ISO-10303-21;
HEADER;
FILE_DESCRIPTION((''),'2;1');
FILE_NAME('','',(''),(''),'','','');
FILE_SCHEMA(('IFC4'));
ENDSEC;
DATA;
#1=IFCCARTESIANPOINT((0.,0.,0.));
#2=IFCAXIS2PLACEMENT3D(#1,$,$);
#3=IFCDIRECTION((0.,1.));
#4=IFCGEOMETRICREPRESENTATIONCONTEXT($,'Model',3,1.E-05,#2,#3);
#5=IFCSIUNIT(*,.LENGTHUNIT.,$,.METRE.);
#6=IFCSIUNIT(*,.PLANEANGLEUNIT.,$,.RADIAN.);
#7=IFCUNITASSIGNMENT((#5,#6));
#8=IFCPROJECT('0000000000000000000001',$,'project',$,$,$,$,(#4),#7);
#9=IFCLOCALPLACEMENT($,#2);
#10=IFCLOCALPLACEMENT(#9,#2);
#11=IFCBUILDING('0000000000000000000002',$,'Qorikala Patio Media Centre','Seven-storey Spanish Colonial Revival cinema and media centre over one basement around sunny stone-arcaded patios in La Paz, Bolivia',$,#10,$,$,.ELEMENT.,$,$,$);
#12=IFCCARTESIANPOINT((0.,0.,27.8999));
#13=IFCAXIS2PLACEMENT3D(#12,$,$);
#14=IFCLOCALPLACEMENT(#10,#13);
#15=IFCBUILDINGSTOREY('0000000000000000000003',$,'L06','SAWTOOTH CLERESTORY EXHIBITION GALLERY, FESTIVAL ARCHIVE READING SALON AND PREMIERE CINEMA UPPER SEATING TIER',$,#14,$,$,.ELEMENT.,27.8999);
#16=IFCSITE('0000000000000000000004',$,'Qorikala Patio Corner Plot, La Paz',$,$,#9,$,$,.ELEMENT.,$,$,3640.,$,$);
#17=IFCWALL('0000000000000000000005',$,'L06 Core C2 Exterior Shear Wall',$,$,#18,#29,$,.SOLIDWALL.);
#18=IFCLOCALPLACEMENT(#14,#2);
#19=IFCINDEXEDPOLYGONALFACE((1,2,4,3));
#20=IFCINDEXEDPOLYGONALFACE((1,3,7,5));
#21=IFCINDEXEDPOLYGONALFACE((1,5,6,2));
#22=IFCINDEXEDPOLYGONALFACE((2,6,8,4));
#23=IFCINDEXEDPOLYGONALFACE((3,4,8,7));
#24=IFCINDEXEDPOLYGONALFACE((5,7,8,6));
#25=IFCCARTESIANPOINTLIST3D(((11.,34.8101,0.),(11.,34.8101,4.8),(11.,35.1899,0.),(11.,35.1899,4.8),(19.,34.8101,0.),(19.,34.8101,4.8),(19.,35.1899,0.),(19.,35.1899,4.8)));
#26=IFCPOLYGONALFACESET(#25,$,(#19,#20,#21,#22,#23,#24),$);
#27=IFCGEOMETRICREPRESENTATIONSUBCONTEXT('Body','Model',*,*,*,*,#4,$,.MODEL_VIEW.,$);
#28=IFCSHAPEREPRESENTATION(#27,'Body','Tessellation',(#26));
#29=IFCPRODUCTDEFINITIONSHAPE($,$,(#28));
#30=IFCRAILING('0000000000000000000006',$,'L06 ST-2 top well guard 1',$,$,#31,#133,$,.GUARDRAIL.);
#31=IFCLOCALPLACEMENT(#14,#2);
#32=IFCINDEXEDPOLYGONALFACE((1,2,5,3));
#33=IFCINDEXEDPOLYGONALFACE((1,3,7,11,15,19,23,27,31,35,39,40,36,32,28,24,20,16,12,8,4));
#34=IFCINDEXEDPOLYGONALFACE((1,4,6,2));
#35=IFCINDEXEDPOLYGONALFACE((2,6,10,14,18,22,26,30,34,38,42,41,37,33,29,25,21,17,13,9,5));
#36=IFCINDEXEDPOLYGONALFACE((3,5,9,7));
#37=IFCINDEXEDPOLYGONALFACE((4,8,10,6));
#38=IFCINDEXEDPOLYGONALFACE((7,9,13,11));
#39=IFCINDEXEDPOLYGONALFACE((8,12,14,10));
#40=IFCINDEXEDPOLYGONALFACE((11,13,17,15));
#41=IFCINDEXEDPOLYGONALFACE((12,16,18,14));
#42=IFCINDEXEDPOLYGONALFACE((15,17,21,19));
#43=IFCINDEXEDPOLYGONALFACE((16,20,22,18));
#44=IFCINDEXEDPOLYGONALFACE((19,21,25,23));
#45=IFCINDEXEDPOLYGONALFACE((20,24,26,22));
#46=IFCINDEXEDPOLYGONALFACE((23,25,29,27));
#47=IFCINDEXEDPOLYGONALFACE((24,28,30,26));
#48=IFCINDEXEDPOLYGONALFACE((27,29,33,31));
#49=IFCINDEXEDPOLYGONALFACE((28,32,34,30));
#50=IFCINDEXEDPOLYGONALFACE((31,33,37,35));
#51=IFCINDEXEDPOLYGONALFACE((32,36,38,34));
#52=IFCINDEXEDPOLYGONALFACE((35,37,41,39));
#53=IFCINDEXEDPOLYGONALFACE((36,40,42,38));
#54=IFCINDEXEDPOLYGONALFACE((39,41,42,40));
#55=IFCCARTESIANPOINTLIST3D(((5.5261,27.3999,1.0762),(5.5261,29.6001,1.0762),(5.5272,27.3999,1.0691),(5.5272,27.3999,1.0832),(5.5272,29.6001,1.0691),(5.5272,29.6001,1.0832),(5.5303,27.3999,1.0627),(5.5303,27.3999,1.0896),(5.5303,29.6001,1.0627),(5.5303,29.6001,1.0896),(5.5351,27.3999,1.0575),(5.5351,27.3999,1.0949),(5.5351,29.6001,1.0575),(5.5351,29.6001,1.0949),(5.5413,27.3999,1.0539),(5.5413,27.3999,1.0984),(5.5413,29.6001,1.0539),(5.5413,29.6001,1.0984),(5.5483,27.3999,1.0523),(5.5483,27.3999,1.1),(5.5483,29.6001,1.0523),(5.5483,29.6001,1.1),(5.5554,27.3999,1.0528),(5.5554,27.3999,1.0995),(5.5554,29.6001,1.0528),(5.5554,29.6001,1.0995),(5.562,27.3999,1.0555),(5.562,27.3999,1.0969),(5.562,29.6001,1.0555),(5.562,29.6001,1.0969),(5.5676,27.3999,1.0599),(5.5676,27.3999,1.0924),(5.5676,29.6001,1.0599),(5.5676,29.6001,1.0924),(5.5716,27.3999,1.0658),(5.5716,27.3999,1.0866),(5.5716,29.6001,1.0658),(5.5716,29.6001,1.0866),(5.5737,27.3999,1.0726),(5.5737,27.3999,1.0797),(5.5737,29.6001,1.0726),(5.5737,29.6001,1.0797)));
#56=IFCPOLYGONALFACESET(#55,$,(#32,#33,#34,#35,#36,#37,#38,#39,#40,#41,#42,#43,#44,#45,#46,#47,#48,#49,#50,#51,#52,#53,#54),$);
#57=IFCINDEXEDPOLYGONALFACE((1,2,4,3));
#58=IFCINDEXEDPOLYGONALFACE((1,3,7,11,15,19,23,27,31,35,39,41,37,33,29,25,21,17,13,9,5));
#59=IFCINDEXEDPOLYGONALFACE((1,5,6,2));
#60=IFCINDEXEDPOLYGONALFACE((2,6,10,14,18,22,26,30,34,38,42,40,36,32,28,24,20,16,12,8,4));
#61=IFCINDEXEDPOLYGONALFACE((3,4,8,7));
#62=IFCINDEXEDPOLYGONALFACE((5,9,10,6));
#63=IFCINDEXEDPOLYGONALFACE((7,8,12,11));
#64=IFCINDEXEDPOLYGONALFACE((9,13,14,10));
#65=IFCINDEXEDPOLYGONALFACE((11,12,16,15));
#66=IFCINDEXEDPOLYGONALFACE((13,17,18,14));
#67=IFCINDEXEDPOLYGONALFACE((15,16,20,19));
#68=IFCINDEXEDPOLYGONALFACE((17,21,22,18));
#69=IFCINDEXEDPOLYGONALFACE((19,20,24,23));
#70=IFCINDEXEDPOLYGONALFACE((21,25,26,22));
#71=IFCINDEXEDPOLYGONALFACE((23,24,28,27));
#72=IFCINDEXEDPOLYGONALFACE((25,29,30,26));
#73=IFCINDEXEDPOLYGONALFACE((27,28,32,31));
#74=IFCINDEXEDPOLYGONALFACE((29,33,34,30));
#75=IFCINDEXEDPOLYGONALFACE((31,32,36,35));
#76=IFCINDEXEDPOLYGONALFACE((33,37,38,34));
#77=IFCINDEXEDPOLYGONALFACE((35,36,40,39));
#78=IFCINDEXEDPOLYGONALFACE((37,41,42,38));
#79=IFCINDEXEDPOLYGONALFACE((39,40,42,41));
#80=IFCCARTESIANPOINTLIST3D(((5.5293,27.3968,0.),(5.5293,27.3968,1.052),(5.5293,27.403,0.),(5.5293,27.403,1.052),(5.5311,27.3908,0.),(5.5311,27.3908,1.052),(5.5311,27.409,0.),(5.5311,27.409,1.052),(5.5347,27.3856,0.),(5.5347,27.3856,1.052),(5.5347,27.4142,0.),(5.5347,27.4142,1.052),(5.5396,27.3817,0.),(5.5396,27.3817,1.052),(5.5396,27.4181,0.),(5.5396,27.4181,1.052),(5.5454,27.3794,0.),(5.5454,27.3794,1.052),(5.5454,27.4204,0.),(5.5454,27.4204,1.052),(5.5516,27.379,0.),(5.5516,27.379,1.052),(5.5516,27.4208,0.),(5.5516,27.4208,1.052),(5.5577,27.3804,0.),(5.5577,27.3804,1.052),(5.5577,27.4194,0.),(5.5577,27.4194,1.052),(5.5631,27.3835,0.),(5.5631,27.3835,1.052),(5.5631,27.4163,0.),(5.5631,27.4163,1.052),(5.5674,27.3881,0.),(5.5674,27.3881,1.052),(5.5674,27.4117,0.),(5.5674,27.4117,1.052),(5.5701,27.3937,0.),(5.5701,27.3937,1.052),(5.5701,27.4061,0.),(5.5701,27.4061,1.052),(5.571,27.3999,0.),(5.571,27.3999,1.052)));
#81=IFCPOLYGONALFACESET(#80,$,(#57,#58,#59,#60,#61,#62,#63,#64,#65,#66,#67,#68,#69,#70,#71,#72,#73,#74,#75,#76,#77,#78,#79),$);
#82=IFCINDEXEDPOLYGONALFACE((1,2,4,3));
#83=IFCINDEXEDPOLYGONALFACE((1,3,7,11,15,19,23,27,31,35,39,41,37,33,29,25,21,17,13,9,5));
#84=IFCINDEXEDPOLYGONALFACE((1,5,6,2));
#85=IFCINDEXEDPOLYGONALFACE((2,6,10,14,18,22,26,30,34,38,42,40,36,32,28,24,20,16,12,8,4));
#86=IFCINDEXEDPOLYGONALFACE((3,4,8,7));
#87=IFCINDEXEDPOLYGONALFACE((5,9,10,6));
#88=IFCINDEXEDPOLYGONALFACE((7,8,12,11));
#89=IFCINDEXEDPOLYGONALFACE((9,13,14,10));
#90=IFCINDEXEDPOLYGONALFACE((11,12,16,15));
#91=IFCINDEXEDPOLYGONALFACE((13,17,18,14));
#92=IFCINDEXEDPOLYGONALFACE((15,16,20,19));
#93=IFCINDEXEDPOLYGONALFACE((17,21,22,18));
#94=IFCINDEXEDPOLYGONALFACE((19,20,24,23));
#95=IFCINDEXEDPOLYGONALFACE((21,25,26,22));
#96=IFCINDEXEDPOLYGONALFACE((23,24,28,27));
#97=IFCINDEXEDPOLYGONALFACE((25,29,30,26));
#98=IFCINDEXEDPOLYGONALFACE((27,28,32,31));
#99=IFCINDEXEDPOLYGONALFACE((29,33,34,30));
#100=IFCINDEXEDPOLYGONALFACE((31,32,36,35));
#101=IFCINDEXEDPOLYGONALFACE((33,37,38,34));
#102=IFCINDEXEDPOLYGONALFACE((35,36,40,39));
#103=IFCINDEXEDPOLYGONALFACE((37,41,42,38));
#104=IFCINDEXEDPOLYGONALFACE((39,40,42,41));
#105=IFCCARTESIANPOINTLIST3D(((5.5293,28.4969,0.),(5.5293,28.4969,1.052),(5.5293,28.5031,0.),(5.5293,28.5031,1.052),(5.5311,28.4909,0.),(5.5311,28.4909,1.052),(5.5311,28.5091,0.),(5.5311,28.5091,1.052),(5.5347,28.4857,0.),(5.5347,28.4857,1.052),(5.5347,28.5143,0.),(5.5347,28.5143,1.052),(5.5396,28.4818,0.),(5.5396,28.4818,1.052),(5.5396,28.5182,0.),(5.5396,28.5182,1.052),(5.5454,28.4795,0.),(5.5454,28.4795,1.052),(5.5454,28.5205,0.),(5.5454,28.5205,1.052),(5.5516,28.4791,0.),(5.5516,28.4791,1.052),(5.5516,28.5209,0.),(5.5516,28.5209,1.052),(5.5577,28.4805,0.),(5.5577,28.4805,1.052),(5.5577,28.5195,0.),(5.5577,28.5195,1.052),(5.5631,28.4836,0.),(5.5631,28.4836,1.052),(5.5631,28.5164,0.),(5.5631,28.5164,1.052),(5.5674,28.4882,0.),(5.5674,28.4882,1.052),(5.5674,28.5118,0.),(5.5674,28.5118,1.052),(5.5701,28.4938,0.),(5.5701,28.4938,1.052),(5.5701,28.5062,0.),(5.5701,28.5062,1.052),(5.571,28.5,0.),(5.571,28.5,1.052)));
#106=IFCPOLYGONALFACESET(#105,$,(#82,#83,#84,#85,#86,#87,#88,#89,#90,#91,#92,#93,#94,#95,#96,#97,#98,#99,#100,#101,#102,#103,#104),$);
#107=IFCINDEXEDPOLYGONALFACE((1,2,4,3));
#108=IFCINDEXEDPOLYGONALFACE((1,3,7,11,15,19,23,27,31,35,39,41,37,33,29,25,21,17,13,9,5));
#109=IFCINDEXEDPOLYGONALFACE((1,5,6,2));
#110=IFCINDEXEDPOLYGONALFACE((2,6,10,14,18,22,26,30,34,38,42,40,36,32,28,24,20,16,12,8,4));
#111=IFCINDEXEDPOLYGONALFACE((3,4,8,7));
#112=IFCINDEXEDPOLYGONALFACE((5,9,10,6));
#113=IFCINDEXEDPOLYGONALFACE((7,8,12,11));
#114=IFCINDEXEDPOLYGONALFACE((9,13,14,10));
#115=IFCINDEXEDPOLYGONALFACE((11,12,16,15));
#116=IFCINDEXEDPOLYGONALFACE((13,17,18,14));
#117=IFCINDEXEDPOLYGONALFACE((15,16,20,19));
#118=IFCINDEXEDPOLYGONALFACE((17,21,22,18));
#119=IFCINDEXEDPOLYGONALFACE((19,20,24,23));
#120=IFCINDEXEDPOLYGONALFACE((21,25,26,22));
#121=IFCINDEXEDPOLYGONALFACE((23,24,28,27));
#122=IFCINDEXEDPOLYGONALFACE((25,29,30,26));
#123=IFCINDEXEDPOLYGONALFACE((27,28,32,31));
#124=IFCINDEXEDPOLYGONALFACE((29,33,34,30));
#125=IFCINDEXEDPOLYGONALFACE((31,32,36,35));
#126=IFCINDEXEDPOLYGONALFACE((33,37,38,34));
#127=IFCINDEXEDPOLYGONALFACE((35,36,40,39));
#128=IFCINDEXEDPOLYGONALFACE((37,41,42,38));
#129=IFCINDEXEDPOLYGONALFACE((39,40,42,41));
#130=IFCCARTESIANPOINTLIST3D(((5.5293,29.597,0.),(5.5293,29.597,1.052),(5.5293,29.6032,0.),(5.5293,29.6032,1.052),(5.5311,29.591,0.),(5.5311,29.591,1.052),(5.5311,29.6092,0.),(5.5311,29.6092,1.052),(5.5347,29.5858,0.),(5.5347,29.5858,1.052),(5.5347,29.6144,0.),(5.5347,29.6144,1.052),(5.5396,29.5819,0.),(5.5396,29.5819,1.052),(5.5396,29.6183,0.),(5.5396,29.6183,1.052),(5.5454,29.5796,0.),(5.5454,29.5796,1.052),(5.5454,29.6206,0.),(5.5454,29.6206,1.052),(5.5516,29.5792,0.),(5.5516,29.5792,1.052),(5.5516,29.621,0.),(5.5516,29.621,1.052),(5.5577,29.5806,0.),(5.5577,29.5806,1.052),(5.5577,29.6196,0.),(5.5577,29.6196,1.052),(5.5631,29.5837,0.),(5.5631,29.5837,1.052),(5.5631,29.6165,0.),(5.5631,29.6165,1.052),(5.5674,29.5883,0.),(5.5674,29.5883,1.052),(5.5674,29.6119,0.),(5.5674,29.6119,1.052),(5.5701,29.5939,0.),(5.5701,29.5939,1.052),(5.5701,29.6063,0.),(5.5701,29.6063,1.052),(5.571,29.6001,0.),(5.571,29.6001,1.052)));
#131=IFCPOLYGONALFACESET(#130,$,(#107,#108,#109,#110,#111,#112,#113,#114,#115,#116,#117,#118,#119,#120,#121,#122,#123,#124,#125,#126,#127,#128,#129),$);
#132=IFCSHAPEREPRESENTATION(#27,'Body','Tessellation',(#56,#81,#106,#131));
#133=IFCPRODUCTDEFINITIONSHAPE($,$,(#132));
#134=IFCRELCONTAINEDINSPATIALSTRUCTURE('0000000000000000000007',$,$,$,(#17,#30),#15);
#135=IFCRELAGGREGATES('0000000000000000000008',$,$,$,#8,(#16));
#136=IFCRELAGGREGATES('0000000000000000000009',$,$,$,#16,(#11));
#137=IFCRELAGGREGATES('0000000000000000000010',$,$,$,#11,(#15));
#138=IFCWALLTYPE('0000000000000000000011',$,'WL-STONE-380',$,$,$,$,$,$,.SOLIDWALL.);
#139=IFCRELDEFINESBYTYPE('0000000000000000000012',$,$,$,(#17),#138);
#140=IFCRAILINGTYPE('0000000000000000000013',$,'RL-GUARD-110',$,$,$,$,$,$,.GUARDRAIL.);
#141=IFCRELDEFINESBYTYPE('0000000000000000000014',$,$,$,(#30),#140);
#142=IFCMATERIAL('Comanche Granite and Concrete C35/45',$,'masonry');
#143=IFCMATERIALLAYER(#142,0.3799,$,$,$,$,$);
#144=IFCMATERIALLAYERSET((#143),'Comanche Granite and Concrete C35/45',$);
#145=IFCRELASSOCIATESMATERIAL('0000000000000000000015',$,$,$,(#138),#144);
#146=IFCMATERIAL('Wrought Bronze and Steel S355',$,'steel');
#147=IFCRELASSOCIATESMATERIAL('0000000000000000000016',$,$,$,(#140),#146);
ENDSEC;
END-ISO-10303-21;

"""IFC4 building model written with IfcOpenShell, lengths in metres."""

from ifc_helpers import new_model, si_unit, direction, frame, frame_2d, origin, origin_2d, place, context, subcontext, project, spatial, rectangle, circle, extrude, material, layer, layer_set, type_object, element, save


model = new_model("IFC4")

# Units and contexts
model_context = context("Model", 3, precision=1e-05, world=origin(), true_north=direction((0.0, 1.0)))
body_context = subcontext(model_context, "Body", "Model", "MODEL_VIEW")
ifc_project = project(units=[si_unit("LENGTHUNIT", "METRE"), si_unit("PLANEANGLEUNIT", "RADIAN")], contexts=[model_context])

# Site, building, storey
site_placement = place(None, origin())
site = spatial("IfcSite", under=ifc_project, at=site_placement, Name="Qorikala Patio Corner Plot, La Paz", CompositionType="ELEMENT", RefElevation=3640.0)
building_placement = place(site_placement, origin())
building = spatial("IfcBuilding", under=site, at=building_placement, Name="Qorikala Patio Media Centre", Description="Seven-storey Spanish Colonial Revival cinema and media centre over one basement around sunny stone-arcaded patios in La Paz, Bolivia", CompositionType="ELEMENT")
storey_placement = place(building_placement, frame((0.0, 0.0, 27.8999)))
storey = spatial("IfcBuildingStorey", under=building, at=storey_placement, Name="L06", Description="SAWTOOTH CLERESTORY EXHIBITION GALLERY, FESTIVAL ARCHIVE READING SALON AND PREMIERE CINEMA UPPER SEATING TIER", CompositionType="ELEMENT", Elevation=27.8999)

# Wall
ifc_material_1 = material(Name="Comanche Granite and Concrete C35/45", Category="masonry")
ifc_layer_1 = layer(ifc_material_1, 0.3799)
ifc_layer_set_1 = layer_set([ifc_layer_1], Name="Comanche Granite and Concrete C35/45")
wall_type_1 = type_object("IfcWallType", Name="WL-STONE-380", PredefinedType="SOLIDWALL", material=ifc_layer_set_1)
for number, where, z_axis, x_axis, name in (
    (1, (11.0, 35.0, 0.0), (0.0, 0.0, 1.0), (1.0, 0.0, 0.0), "L06 Core C2 Exterior Shear Wall"),
):
    element("IfcWall", number, at=place(storey_placement, frame(where, z_axis=z_axis, x_axis=x_axis)), inside=storey, type_object=wall_type_1, Name=name, PredefinedType="SOLIDWALL", context=body_context, shape_type="SweptSolid", body=[
        extrude(rectangle(XDim=8.0, YDim=0.3799, at=frame_2d((4.0, 0.0))), origin(), (0.0, 0.0, 1.0), 4.8),
    ])

# Railing
ifc_material_2 = material(Name="Wrought Bronze and Steel S355", Category="steel")
railing_type = type_object("IfcRailingType", Name="RL-GUARD-110", PredefinedType="GUARDRAIL", material=ifc_material_2)
railing_placement = place(storey_placement, frame((5.55, 27.3999, 0.0)))
element("IfcRailing", 2, at=railing_placement, inside=storey, type_object=railing_type, Name="L06 ST-2 top well guard 1", PredefinedType="GUARDRAIL", context=body_context, shape_type="SweptSolid", body=[
    extrude(circle(Radius=0.0239, at=origin_2d()), frame((0.0, 0.0, 1.0762), z_axis=(0.0, 1.0, 0.0), x_axis=(-1.0, 0.0, 0.0)), (0.0, 0.0, 1.0), 2.2002),
    extrude(circle(Radius=0.021, at=origin_2d()), origin(), (0.0, 0.0, 1.0), 1.052),
    extrude(circle(Radius=0.021, at=origin_2d()), frame((0.0, 1.1001, 0.0)), (0.0, 0.0, 1.0), 1.052),
    extrude(circle(Radius=0.021, at=origin_2d()), frame((0.0, 2.2002, 0.0)), (0.0, 0.0, 1.0), 1.052),
])

save(model, "model.ifc")
